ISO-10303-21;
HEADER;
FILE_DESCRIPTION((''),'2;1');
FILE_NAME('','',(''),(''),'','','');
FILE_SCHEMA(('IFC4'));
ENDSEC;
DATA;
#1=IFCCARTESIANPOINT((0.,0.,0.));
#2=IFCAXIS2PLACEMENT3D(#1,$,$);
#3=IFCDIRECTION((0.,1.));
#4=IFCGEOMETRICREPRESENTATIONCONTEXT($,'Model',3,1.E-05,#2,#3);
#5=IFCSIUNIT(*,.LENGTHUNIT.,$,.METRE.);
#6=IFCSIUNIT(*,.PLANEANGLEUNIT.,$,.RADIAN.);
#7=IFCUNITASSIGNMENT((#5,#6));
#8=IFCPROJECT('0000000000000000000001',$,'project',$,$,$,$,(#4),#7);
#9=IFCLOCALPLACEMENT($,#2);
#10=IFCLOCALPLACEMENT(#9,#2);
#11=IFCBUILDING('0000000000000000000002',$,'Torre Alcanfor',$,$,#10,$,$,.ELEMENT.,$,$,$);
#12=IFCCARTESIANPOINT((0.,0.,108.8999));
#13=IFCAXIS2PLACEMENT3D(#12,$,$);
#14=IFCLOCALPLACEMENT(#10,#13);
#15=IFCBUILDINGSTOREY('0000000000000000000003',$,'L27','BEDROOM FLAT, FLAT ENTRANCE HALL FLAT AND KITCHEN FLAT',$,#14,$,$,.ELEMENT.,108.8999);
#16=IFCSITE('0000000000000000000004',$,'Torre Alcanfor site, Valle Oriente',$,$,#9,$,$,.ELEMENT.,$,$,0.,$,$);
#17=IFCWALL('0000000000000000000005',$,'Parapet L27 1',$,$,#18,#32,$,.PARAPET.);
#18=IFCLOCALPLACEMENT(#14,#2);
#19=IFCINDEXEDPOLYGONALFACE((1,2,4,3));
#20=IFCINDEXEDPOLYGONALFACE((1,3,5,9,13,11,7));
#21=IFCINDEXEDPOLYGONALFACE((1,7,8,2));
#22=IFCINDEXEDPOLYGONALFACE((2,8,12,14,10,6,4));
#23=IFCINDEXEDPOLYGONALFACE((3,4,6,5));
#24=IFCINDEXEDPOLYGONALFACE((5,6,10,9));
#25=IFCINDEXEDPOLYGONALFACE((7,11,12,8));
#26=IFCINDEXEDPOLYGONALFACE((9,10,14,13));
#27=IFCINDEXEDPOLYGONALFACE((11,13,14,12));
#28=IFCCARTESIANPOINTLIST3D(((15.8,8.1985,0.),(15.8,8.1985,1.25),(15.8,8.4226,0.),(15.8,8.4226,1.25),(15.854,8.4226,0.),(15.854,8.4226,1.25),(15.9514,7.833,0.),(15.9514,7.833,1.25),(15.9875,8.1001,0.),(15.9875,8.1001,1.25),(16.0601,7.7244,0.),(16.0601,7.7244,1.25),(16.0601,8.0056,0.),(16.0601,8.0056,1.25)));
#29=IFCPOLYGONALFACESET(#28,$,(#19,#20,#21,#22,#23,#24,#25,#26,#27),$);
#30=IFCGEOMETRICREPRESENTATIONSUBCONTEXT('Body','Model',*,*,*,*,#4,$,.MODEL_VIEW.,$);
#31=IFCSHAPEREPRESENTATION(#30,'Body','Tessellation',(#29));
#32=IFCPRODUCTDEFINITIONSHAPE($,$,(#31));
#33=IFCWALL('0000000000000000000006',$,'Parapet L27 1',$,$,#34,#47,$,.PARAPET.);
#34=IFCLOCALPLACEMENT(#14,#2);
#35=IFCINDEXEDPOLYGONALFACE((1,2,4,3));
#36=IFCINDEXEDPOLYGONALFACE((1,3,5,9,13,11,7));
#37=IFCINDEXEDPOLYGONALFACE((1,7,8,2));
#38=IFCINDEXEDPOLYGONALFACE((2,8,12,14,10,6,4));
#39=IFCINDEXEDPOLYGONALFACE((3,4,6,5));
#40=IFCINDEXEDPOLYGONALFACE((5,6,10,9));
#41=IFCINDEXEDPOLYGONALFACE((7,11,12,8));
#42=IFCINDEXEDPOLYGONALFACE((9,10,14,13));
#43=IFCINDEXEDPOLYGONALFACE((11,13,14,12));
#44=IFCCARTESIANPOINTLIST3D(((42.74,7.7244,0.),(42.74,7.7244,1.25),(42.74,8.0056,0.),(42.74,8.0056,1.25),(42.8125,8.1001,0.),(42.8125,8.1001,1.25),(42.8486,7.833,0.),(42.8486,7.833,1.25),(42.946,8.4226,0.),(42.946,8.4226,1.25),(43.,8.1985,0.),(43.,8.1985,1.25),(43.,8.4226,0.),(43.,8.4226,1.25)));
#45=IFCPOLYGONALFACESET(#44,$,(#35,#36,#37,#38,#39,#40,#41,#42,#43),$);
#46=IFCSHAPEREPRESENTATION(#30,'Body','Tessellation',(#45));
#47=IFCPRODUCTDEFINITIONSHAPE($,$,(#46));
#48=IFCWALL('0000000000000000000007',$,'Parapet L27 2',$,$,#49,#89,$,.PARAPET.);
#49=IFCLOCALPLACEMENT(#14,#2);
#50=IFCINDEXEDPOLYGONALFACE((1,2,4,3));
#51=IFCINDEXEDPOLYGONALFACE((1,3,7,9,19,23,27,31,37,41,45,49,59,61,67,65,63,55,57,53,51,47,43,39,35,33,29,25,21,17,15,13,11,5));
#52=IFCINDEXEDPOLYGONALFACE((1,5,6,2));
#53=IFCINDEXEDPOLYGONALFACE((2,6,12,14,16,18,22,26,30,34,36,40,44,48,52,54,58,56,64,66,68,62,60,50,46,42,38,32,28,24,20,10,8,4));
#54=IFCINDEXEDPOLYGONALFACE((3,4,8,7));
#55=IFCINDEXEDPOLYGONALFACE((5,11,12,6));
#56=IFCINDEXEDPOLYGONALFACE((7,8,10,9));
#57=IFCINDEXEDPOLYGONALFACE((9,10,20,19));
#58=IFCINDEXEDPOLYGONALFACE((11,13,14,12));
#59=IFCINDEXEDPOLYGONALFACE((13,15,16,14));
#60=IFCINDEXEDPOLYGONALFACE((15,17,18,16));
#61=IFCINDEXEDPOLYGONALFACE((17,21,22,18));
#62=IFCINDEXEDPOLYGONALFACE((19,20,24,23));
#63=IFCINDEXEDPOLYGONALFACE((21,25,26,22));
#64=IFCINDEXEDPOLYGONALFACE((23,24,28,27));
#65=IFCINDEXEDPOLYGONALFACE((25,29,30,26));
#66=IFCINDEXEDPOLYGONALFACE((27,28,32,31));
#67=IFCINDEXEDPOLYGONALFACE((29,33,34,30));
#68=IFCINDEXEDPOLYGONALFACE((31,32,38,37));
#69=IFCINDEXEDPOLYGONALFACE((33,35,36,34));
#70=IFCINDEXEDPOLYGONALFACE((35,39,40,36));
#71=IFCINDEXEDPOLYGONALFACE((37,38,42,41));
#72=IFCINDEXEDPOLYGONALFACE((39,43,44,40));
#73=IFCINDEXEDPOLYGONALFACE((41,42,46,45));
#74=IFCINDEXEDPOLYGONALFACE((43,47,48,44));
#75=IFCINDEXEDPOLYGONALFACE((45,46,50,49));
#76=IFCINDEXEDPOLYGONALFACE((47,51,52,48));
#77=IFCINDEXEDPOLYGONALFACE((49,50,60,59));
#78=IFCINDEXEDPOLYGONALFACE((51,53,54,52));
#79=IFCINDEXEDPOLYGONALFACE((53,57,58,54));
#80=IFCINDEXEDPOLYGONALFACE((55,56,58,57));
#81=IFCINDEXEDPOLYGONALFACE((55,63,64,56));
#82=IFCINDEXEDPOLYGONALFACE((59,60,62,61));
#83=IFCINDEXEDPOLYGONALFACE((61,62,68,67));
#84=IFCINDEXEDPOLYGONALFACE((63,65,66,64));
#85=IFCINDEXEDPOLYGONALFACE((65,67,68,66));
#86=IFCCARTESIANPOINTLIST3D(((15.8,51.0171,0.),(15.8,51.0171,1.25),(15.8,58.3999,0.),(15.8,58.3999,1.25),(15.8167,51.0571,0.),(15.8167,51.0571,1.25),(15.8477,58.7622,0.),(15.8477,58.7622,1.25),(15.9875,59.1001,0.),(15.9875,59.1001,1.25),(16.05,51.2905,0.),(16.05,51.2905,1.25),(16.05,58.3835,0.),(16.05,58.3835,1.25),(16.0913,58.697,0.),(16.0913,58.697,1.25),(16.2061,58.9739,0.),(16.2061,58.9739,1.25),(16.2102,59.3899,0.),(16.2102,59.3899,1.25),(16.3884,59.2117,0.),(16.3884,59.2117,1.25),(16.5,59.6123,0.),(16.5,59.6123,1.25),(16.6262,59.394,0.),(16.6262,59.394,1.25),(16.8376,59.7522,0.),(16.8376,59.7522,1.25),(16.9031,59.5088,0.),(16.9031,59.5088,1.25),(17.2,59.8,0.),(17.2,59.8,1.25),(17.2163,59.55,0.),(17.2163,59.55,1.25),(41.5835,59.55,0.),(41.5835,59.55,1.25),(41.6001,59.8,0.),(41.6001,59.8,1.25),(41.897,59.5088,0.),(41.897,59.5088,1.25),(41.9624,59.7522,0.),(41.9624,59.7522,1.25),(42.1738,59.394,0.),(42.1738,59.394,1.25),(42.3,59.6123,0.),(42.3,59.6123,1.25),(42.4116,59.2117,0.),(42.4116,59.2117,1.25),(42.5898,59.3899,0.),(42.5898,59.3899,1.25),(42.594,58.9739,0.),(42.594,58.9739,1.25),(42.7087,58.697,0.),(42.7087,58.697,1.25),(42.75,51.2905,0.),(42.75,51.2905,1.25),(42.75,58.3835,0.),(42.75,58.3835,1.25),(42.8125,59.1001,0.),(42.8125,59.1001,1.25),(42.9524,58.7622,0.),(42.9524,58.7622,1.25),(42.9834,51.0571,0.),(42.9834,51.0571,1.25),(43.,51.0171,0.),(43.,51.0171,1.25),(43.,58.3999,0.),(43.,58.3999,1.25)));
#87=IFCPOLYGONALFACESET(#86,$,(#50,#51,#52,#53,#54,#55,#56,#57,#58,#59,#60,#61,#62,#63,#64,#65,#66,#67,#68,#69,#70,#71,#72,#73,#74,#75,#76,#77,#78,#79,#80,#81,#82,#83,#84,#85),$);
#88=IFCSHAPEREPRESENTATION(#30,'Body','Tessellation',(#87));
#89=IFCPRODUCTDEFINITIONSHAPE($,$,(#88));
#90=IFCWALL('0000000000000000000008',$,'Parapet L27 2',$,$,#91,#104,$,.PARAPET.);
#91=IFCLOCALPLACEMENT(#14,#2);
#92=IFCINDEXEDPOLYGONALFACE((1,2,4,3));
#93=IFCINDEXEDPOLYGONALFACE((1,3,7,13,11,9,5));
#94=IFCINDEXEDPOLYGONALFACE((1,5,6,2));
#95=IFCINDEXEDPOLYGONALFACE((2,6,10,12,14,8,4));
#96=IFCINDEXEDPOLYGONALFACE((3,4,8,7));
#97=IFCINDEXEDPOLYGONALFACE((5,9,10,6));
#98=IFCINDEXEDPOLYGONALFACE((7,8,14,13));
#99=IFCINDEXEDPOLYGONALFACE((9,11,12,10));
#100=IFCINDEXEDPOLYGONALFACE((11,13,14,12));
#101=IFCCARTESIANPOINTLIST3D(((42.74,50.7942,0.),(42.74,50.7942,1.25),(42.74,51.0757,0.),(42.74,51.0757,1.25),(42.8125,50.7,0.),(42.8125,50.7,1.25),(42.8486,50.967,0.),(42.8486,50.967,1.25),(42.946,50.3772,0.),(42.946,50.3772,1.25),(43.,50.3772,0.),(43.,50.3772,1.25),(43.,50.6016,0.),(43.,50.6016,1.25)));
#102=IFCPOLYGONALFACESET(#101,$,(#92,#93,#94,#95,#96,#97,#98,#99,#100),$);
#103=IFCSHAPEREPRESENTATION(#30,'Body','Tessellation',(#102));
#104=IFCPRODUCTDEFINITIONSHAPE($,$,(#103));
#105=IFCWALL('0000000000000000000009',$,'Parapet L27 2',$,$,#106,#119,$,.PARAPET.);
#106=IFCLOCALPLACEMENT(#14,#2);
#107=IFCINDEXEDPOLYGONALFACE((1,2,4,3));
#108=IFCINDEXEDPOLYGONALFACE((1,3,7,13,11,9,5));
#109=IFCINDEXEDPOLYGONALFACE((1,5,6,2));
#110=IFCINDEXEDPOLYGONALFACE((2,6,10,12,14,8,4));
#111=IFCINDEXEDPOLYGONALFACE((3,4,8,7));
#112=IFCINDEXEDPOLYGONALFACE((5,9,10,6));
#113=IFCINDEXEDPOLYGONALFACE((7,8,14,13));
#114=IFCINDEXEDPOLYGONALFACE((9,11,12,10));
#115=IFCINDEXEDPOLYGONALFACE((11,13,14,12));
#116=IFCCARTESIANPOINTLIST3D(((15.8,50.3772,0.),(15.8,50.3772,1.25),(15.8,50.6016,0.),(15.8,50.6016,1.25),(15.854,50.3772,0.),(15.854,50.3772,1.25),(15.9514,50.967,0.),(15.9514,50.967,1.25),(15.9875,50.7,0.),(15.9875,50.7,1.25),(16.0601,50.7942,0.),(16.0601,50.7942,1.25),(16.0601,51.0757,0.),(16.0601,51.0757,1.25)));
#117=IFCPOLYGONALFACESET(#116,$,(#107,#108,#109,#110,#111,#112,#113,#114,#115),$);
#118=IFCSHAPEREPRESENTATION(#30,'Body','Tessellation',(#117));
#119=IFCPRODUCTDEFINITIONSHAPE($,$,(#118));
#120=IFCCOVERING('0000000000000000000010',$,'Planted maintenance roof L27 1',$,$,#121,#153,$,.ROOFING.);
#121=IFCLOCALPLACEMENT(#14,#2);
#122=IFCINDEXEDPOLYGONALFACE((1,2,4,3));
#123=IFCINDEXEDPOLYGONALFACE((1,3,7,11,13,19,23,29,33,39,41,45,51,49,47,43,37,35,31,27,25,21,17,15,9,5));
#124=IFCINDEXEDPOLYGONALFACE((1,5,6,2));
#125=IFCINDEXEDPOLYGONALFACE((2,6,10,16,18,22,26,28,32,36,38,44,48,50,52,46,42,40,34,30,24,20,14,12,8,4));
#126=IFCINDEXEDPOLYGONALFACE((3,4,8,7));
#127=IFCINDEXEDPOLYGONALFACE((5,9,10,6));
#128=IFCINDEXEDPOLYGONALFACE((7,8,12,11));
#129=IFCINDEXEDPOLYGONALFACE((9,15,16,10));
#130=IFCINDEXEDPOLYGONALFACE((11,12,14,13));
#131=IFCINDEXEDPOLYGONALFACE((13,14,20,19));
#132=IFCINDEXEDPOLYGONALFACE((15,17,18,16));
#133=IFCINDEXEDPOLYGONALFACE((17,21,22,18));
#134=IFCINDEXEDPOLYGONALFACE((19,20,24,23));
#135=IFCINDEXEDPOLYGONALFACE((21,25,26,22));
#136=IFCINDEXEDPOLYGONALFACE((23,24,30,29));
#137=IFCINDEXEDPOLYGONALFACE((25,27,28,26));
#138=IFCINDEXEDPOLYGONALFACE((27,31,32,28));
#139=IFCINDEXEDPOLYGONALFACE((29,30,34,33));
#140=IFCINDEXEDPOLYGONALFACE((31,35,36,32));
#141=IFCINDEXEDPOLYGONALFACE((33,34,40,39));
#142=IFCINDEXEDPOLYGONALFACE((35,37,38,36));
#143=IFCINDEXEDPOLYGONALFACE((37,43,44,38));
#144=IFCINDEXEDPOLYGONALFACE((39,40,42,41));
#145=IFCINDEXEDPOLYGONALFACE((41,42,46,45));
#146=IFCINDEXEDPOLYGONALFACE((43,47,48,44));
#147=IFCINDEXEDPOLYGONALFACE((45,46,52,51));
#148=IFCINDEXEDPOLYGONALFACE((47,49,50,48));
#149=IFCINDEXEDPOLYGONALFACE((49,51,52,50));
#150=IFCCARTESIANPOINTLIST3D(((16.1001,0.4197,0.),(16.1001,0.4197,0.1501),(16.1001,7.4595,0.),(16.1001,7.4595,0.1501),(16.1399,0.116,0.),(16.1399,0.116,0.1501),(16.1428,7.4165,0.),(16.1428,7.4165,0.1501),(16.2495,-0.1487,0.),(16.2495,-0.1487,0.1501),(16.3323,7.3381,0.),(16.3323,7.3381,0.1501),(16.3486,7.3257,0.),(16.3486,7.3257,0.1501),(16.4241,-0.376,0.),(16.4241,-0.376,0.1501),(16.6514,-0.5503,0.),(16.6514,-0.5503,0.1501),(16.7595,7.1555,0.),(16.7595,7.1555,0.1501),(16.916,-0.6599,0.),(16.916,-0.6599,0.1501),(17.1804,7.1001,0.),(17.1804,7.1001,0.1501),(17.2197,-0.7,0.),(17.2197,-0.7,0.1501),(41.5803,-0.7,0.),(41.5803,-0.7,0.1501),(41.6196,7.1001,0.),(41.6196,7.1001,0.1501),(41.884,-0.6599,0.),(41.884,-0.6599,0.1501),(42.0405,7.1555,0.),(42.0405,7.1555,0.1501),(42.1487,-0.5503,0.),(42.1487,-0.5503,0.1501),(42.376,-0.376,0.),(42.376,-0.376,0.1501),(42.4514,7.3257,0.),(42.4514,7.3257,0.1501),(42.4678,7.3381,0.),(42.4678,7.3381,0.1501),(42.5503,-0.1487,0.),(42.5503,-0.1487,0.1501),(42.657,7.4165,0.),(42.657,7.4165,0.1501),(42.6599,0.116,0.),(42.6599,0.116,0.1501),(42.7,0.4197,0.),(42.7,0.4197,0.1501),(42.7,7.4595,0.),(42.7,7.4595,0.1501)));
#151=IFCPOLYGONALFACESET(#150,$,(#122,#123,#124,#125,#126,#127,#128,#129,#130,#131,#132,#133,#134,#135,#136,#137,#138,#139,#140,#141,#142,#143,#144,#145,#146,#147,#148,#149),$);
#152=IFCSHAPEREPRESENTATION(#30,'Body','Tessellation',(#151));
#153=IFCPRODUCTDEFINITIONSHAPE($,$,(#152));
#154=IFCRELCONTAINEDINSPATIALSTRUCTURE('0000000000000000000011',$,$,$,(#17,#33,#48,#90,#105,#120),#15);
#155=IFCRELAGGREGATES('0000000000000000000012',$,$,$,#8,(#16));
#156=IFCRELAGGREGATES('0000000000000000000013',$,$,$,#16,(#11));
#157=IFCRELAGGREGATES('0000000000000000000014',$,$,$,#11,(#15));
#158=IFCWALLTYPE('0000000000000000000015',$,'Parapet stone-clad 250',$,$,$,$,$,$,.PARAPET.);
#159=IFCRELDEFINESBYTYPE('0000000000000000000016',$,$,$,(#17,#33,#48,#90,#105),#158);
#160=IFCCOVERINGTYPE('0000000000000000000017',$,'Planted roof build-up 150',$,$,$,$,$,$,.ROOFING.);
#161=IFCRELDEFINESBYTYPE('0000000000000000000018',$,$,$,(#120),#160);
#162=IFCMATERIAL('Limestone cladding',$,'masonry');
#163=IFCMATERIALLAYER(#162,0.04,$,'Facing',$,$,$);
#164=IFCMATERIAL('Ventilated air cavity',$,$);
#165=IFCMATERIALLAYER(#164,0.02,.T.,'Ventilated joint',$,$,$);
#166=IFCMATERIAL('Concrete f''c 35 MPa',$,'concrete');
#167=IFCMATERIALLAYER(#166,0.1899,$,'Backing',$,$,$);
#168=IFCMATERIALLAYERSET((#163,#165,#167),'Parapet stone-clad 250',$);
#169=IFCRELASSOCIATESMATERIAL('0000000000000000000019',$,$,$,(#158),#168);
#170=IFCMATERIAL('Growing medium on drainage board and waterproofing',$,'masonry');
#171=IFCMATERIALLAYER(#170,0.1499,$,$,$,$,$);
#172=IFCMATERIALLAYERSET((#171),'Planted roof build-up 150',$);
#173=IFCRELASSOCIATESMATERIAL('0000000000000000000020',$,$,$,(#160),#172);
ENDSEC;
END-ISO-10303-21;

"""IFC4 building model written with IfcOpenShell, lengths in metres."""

from ifc_helpers import new_model, si_unit, direction, frame, origin, place, context, subcontext, project, spatial, polyline, outline, extrude, material, layer, layer_set, type_object, element, save


model = new_model("IFC4")

# Units and contexts
model_context = context("Model", 3, precision=1e-05, world=origin(), true_north=direction((0.0, 1.0)))
body_context = subcontext(model_context, "Body", "Model", "MODEL_VIEW")
ifc_project = project(units=[si_unit("LENGTHUNIT", "METRE"), si_unit("PLANEANGLEUNIT", "RADIAN")], contexts=[model_context])

# Site, building, storey
site_placement = place(None, origin())
site = spatial("IfcSite", under=ifc_project, at=site_placement, Name="Torre Alcanfor site, Valle Oriente", CompositionType="ELEMENT", RefElevation=0.0)
building_placement = place(site_placement, origin())
building = spatial("IfcBuilding", under=site, at=building_placement, Name="Torre Alcanfor", CompositionType="ELEMENT")
storey_placement = place(building_placement, frame((0.0, 0.0, 108.8999)))
storey = spatial("IfcBuildingStorey", under=building, at=storey_placement, Name="L27", Description="BEDROOM FLAT, FLAT ENTRANCE HALL FLAT AND KITCHEN FLAT", CompositionType="ELEMENT", Elevation=108.8999)

# Shared definitions
ifc_material_1 = material(Name="Limestone cladding", Category="masonry")
ifc_material_2 = material(Name="Ventilated air cavity")
ifc_material_3 = material(Name="Concrete f'c 35 MPa", Category="concrete")

# Walls
ifc_layer_1 = layer(ifc_material_1, 0.04, Name="Facing")
ifc_layer_2 = layer(ifc_material_2, 0.02, ventilated=True, Name="Ventilated joint")
ifc_layer_3 = layer(ifc_material_3, 0.1899, Name="Backing")
ifc_layer_set_1 = layer_set([ifc_layer_1, ifc_layer_2, ifc_layer_3], Name="Parapet stone-clad 250")
wall_type_1 = type_object("IfcWallType", Name="Parapet stone-clad 250", PredefinedType="PARAPET", material=ifc_layer_set_1)
wall_1_placement = place(storey_placement, origin())
element("IfcWall", 1, at=wall_1_placement, inside=storey, type_object=wall_type_1, Name="Parapet L27 1", PredefinedType="PARAPET", context=body_context, shape_type="SweptSolid", body=[
    extrude(outline(polyline([(15.9875, 8.1001), (16.0601, 8.0056), (16.0601, 7.7244), (15.9514, 7.833), (15.8, 8.1985), (15.8, 8.4226), (15.854, 8.4226), (15.9875, 8.1001)])), origin(), (0.0, 0.0, 1.0), 1.25),
])
wall_2_placement = place(storey_placement, origin())
element("IfcWall", 2, at=wall_2_placement, inside=storey, type_object=wall_type_1, Name="Parapet L27 1", PredefinedType="PARAPET", context=body_context, shape_type="SweptSolid", body=[
    extrude(outline(polyline([(42.8125, 8.1001), (42.946, 8.4226), (43.0, 8.4226), (43.0, 8.1985), (42.8486, 7.833), (42.74, 7.7244), (42.74, 8.0056), (42.8125, 8.1001)])), origin(), (0.0, 0.0, 1.0), 1.25),
])
wall_3_placement = place(storey_placement, origin())
element("IfcWall", 3, at=wall_3_placement, inside=storey, type_object=wall_type_1, Name="Parapet L27 2", PredefinedType="PARAPET", context=body_context, shape_type="SweptSolid", body=[
    extrude(outline(polyline([(15.9875, 59.1001), (16.2102, 59.3899), (16.5, 59.6123), (16.8376, 59.7522), (17.2, 59.8), (41.6001, 59.8), (41.9624, 59.7522), (42.3, 59.6123), (42.5898, 59.3899), (42.8125, 59.1001), (42.9524, 58.7622), (43.0, 58.3999), (43.0, 51.0171), (42.9834, 51.0571), (42.75, 51.2905), (42.75, 58.3835), (42.7087, 58.697), (42.594, 58.9739), (42.4116, 59.2117), (42.1738, 59.394), (41.897, 59.5088), (41.5835, 59.55), (17.2163, 59.55), (16.9031, 59.5088), (16.6262, 59.394), (16.3884, 59.2117), (16.2061, 58.9739), (16.0913, 58.697), (16.05, 58.3835), (16.05, 51.2905), (15.8167, 51.0571), (15.8, 51.0171), (15.8, 58.3999), (15.8477, 58.7622), (15.9875, 59.1001)])), origin(), (0.0, 0.0, 1.0), 1.25),
])
wall_4_placement = place(storey_placement, origin())
element("IfcWall", 4, at=wall_4_placement, inside=storey, type_object=wall_type_1, Name="Parapet L27 2", PredefinedType="PARAPET", context=body_context, shape_type="SweptSolid", body=[
    extrude(outline(polyline([(42.8125, 50.7), (42.74, 50.7942), (42.74, 51.0757), (42.8486, 50.967), (43.0, 50.6016), (43.0, 50.3772), (42.946, 50.3772), (42.8125, 50.7)])), origin(), (0.0, 0.0, 1.0), 1.25),
])
wall_5_placement = place(storey_placement, origin())
element("IfcWall", 5, at=wall_5_placement, inside=storey, type_object=wall_type_1, Name="Parapet L27 2", PredefinedType="PARAPET", context=body_context, shape_type="SweptSolid", body=[
    extrude(outline(polyline([(15.9875, 50.7), (15.854, 50.3772), (15.8, 50.3772), (15.8, 50.6016), (15.9514, 50.967), (16.0601, 51.0757), (16.0601, 50.7942), (15.9875, 50.7)])), origin(), (0.0, 0.0, 1.0), 1.25),
])

# Covering
ifc_material_4 = material(Name="Growing medium on drainage board and waterproofing", Category="masonry")
ifc_layer_4 = layer(ifc_material_4, 0.1499)
ifc_layer_set_2 = layer_set([ifc_layer_4], Name="Planted roof build-up 150")
covering_type = type_object("IfcCoveringType", Name="Planted roof build-up 150", PredefinedType="ROOFING", material=ifc_layer_set_2)
covering_1_placement = place(storey_placement, origin())
element("IfcCovering", 6, at=covering_1_placement, inside=storey, type_object=covering_type, Name="Planted maintenance roof L27 1", PredefinedType="ROOFING", context=body_context, shape_type="SweptSolid", body=[
    extrude(outline(polyline([(16.3486, 7.3257), (16.7595, 7.1555), (17.1804, 7.1001), (41.6196, 7.1001), (42.0405, 7.1555), (42.4514, 7.3257), (42.4678, 7.3381), (42.657, 7.4165), (42.7, 7.4595), (42.7, 0.4197), (42.6599, 0.116), (42.5503, -0.1487), (42.376, -0.376), (42.1487, -0.5503), (41.884, -0.6599), (41.5803, -0.7), (17.2197, -0.7), (16.916, -0.6599), (16.6514, -0.5503), (16.4241, -0.376), (16.2495, -0.1487), (16.1399, 0.116), (16.1001, 0.4197), (16.1001, 7.4595), (16.1428, 7.4165), (16.3323, 7.3381), (16.3486, 7.3257)])), origin(), (0.0, 0.0, 1.0), 0.1501),
])

save(model, "model.ifc")
